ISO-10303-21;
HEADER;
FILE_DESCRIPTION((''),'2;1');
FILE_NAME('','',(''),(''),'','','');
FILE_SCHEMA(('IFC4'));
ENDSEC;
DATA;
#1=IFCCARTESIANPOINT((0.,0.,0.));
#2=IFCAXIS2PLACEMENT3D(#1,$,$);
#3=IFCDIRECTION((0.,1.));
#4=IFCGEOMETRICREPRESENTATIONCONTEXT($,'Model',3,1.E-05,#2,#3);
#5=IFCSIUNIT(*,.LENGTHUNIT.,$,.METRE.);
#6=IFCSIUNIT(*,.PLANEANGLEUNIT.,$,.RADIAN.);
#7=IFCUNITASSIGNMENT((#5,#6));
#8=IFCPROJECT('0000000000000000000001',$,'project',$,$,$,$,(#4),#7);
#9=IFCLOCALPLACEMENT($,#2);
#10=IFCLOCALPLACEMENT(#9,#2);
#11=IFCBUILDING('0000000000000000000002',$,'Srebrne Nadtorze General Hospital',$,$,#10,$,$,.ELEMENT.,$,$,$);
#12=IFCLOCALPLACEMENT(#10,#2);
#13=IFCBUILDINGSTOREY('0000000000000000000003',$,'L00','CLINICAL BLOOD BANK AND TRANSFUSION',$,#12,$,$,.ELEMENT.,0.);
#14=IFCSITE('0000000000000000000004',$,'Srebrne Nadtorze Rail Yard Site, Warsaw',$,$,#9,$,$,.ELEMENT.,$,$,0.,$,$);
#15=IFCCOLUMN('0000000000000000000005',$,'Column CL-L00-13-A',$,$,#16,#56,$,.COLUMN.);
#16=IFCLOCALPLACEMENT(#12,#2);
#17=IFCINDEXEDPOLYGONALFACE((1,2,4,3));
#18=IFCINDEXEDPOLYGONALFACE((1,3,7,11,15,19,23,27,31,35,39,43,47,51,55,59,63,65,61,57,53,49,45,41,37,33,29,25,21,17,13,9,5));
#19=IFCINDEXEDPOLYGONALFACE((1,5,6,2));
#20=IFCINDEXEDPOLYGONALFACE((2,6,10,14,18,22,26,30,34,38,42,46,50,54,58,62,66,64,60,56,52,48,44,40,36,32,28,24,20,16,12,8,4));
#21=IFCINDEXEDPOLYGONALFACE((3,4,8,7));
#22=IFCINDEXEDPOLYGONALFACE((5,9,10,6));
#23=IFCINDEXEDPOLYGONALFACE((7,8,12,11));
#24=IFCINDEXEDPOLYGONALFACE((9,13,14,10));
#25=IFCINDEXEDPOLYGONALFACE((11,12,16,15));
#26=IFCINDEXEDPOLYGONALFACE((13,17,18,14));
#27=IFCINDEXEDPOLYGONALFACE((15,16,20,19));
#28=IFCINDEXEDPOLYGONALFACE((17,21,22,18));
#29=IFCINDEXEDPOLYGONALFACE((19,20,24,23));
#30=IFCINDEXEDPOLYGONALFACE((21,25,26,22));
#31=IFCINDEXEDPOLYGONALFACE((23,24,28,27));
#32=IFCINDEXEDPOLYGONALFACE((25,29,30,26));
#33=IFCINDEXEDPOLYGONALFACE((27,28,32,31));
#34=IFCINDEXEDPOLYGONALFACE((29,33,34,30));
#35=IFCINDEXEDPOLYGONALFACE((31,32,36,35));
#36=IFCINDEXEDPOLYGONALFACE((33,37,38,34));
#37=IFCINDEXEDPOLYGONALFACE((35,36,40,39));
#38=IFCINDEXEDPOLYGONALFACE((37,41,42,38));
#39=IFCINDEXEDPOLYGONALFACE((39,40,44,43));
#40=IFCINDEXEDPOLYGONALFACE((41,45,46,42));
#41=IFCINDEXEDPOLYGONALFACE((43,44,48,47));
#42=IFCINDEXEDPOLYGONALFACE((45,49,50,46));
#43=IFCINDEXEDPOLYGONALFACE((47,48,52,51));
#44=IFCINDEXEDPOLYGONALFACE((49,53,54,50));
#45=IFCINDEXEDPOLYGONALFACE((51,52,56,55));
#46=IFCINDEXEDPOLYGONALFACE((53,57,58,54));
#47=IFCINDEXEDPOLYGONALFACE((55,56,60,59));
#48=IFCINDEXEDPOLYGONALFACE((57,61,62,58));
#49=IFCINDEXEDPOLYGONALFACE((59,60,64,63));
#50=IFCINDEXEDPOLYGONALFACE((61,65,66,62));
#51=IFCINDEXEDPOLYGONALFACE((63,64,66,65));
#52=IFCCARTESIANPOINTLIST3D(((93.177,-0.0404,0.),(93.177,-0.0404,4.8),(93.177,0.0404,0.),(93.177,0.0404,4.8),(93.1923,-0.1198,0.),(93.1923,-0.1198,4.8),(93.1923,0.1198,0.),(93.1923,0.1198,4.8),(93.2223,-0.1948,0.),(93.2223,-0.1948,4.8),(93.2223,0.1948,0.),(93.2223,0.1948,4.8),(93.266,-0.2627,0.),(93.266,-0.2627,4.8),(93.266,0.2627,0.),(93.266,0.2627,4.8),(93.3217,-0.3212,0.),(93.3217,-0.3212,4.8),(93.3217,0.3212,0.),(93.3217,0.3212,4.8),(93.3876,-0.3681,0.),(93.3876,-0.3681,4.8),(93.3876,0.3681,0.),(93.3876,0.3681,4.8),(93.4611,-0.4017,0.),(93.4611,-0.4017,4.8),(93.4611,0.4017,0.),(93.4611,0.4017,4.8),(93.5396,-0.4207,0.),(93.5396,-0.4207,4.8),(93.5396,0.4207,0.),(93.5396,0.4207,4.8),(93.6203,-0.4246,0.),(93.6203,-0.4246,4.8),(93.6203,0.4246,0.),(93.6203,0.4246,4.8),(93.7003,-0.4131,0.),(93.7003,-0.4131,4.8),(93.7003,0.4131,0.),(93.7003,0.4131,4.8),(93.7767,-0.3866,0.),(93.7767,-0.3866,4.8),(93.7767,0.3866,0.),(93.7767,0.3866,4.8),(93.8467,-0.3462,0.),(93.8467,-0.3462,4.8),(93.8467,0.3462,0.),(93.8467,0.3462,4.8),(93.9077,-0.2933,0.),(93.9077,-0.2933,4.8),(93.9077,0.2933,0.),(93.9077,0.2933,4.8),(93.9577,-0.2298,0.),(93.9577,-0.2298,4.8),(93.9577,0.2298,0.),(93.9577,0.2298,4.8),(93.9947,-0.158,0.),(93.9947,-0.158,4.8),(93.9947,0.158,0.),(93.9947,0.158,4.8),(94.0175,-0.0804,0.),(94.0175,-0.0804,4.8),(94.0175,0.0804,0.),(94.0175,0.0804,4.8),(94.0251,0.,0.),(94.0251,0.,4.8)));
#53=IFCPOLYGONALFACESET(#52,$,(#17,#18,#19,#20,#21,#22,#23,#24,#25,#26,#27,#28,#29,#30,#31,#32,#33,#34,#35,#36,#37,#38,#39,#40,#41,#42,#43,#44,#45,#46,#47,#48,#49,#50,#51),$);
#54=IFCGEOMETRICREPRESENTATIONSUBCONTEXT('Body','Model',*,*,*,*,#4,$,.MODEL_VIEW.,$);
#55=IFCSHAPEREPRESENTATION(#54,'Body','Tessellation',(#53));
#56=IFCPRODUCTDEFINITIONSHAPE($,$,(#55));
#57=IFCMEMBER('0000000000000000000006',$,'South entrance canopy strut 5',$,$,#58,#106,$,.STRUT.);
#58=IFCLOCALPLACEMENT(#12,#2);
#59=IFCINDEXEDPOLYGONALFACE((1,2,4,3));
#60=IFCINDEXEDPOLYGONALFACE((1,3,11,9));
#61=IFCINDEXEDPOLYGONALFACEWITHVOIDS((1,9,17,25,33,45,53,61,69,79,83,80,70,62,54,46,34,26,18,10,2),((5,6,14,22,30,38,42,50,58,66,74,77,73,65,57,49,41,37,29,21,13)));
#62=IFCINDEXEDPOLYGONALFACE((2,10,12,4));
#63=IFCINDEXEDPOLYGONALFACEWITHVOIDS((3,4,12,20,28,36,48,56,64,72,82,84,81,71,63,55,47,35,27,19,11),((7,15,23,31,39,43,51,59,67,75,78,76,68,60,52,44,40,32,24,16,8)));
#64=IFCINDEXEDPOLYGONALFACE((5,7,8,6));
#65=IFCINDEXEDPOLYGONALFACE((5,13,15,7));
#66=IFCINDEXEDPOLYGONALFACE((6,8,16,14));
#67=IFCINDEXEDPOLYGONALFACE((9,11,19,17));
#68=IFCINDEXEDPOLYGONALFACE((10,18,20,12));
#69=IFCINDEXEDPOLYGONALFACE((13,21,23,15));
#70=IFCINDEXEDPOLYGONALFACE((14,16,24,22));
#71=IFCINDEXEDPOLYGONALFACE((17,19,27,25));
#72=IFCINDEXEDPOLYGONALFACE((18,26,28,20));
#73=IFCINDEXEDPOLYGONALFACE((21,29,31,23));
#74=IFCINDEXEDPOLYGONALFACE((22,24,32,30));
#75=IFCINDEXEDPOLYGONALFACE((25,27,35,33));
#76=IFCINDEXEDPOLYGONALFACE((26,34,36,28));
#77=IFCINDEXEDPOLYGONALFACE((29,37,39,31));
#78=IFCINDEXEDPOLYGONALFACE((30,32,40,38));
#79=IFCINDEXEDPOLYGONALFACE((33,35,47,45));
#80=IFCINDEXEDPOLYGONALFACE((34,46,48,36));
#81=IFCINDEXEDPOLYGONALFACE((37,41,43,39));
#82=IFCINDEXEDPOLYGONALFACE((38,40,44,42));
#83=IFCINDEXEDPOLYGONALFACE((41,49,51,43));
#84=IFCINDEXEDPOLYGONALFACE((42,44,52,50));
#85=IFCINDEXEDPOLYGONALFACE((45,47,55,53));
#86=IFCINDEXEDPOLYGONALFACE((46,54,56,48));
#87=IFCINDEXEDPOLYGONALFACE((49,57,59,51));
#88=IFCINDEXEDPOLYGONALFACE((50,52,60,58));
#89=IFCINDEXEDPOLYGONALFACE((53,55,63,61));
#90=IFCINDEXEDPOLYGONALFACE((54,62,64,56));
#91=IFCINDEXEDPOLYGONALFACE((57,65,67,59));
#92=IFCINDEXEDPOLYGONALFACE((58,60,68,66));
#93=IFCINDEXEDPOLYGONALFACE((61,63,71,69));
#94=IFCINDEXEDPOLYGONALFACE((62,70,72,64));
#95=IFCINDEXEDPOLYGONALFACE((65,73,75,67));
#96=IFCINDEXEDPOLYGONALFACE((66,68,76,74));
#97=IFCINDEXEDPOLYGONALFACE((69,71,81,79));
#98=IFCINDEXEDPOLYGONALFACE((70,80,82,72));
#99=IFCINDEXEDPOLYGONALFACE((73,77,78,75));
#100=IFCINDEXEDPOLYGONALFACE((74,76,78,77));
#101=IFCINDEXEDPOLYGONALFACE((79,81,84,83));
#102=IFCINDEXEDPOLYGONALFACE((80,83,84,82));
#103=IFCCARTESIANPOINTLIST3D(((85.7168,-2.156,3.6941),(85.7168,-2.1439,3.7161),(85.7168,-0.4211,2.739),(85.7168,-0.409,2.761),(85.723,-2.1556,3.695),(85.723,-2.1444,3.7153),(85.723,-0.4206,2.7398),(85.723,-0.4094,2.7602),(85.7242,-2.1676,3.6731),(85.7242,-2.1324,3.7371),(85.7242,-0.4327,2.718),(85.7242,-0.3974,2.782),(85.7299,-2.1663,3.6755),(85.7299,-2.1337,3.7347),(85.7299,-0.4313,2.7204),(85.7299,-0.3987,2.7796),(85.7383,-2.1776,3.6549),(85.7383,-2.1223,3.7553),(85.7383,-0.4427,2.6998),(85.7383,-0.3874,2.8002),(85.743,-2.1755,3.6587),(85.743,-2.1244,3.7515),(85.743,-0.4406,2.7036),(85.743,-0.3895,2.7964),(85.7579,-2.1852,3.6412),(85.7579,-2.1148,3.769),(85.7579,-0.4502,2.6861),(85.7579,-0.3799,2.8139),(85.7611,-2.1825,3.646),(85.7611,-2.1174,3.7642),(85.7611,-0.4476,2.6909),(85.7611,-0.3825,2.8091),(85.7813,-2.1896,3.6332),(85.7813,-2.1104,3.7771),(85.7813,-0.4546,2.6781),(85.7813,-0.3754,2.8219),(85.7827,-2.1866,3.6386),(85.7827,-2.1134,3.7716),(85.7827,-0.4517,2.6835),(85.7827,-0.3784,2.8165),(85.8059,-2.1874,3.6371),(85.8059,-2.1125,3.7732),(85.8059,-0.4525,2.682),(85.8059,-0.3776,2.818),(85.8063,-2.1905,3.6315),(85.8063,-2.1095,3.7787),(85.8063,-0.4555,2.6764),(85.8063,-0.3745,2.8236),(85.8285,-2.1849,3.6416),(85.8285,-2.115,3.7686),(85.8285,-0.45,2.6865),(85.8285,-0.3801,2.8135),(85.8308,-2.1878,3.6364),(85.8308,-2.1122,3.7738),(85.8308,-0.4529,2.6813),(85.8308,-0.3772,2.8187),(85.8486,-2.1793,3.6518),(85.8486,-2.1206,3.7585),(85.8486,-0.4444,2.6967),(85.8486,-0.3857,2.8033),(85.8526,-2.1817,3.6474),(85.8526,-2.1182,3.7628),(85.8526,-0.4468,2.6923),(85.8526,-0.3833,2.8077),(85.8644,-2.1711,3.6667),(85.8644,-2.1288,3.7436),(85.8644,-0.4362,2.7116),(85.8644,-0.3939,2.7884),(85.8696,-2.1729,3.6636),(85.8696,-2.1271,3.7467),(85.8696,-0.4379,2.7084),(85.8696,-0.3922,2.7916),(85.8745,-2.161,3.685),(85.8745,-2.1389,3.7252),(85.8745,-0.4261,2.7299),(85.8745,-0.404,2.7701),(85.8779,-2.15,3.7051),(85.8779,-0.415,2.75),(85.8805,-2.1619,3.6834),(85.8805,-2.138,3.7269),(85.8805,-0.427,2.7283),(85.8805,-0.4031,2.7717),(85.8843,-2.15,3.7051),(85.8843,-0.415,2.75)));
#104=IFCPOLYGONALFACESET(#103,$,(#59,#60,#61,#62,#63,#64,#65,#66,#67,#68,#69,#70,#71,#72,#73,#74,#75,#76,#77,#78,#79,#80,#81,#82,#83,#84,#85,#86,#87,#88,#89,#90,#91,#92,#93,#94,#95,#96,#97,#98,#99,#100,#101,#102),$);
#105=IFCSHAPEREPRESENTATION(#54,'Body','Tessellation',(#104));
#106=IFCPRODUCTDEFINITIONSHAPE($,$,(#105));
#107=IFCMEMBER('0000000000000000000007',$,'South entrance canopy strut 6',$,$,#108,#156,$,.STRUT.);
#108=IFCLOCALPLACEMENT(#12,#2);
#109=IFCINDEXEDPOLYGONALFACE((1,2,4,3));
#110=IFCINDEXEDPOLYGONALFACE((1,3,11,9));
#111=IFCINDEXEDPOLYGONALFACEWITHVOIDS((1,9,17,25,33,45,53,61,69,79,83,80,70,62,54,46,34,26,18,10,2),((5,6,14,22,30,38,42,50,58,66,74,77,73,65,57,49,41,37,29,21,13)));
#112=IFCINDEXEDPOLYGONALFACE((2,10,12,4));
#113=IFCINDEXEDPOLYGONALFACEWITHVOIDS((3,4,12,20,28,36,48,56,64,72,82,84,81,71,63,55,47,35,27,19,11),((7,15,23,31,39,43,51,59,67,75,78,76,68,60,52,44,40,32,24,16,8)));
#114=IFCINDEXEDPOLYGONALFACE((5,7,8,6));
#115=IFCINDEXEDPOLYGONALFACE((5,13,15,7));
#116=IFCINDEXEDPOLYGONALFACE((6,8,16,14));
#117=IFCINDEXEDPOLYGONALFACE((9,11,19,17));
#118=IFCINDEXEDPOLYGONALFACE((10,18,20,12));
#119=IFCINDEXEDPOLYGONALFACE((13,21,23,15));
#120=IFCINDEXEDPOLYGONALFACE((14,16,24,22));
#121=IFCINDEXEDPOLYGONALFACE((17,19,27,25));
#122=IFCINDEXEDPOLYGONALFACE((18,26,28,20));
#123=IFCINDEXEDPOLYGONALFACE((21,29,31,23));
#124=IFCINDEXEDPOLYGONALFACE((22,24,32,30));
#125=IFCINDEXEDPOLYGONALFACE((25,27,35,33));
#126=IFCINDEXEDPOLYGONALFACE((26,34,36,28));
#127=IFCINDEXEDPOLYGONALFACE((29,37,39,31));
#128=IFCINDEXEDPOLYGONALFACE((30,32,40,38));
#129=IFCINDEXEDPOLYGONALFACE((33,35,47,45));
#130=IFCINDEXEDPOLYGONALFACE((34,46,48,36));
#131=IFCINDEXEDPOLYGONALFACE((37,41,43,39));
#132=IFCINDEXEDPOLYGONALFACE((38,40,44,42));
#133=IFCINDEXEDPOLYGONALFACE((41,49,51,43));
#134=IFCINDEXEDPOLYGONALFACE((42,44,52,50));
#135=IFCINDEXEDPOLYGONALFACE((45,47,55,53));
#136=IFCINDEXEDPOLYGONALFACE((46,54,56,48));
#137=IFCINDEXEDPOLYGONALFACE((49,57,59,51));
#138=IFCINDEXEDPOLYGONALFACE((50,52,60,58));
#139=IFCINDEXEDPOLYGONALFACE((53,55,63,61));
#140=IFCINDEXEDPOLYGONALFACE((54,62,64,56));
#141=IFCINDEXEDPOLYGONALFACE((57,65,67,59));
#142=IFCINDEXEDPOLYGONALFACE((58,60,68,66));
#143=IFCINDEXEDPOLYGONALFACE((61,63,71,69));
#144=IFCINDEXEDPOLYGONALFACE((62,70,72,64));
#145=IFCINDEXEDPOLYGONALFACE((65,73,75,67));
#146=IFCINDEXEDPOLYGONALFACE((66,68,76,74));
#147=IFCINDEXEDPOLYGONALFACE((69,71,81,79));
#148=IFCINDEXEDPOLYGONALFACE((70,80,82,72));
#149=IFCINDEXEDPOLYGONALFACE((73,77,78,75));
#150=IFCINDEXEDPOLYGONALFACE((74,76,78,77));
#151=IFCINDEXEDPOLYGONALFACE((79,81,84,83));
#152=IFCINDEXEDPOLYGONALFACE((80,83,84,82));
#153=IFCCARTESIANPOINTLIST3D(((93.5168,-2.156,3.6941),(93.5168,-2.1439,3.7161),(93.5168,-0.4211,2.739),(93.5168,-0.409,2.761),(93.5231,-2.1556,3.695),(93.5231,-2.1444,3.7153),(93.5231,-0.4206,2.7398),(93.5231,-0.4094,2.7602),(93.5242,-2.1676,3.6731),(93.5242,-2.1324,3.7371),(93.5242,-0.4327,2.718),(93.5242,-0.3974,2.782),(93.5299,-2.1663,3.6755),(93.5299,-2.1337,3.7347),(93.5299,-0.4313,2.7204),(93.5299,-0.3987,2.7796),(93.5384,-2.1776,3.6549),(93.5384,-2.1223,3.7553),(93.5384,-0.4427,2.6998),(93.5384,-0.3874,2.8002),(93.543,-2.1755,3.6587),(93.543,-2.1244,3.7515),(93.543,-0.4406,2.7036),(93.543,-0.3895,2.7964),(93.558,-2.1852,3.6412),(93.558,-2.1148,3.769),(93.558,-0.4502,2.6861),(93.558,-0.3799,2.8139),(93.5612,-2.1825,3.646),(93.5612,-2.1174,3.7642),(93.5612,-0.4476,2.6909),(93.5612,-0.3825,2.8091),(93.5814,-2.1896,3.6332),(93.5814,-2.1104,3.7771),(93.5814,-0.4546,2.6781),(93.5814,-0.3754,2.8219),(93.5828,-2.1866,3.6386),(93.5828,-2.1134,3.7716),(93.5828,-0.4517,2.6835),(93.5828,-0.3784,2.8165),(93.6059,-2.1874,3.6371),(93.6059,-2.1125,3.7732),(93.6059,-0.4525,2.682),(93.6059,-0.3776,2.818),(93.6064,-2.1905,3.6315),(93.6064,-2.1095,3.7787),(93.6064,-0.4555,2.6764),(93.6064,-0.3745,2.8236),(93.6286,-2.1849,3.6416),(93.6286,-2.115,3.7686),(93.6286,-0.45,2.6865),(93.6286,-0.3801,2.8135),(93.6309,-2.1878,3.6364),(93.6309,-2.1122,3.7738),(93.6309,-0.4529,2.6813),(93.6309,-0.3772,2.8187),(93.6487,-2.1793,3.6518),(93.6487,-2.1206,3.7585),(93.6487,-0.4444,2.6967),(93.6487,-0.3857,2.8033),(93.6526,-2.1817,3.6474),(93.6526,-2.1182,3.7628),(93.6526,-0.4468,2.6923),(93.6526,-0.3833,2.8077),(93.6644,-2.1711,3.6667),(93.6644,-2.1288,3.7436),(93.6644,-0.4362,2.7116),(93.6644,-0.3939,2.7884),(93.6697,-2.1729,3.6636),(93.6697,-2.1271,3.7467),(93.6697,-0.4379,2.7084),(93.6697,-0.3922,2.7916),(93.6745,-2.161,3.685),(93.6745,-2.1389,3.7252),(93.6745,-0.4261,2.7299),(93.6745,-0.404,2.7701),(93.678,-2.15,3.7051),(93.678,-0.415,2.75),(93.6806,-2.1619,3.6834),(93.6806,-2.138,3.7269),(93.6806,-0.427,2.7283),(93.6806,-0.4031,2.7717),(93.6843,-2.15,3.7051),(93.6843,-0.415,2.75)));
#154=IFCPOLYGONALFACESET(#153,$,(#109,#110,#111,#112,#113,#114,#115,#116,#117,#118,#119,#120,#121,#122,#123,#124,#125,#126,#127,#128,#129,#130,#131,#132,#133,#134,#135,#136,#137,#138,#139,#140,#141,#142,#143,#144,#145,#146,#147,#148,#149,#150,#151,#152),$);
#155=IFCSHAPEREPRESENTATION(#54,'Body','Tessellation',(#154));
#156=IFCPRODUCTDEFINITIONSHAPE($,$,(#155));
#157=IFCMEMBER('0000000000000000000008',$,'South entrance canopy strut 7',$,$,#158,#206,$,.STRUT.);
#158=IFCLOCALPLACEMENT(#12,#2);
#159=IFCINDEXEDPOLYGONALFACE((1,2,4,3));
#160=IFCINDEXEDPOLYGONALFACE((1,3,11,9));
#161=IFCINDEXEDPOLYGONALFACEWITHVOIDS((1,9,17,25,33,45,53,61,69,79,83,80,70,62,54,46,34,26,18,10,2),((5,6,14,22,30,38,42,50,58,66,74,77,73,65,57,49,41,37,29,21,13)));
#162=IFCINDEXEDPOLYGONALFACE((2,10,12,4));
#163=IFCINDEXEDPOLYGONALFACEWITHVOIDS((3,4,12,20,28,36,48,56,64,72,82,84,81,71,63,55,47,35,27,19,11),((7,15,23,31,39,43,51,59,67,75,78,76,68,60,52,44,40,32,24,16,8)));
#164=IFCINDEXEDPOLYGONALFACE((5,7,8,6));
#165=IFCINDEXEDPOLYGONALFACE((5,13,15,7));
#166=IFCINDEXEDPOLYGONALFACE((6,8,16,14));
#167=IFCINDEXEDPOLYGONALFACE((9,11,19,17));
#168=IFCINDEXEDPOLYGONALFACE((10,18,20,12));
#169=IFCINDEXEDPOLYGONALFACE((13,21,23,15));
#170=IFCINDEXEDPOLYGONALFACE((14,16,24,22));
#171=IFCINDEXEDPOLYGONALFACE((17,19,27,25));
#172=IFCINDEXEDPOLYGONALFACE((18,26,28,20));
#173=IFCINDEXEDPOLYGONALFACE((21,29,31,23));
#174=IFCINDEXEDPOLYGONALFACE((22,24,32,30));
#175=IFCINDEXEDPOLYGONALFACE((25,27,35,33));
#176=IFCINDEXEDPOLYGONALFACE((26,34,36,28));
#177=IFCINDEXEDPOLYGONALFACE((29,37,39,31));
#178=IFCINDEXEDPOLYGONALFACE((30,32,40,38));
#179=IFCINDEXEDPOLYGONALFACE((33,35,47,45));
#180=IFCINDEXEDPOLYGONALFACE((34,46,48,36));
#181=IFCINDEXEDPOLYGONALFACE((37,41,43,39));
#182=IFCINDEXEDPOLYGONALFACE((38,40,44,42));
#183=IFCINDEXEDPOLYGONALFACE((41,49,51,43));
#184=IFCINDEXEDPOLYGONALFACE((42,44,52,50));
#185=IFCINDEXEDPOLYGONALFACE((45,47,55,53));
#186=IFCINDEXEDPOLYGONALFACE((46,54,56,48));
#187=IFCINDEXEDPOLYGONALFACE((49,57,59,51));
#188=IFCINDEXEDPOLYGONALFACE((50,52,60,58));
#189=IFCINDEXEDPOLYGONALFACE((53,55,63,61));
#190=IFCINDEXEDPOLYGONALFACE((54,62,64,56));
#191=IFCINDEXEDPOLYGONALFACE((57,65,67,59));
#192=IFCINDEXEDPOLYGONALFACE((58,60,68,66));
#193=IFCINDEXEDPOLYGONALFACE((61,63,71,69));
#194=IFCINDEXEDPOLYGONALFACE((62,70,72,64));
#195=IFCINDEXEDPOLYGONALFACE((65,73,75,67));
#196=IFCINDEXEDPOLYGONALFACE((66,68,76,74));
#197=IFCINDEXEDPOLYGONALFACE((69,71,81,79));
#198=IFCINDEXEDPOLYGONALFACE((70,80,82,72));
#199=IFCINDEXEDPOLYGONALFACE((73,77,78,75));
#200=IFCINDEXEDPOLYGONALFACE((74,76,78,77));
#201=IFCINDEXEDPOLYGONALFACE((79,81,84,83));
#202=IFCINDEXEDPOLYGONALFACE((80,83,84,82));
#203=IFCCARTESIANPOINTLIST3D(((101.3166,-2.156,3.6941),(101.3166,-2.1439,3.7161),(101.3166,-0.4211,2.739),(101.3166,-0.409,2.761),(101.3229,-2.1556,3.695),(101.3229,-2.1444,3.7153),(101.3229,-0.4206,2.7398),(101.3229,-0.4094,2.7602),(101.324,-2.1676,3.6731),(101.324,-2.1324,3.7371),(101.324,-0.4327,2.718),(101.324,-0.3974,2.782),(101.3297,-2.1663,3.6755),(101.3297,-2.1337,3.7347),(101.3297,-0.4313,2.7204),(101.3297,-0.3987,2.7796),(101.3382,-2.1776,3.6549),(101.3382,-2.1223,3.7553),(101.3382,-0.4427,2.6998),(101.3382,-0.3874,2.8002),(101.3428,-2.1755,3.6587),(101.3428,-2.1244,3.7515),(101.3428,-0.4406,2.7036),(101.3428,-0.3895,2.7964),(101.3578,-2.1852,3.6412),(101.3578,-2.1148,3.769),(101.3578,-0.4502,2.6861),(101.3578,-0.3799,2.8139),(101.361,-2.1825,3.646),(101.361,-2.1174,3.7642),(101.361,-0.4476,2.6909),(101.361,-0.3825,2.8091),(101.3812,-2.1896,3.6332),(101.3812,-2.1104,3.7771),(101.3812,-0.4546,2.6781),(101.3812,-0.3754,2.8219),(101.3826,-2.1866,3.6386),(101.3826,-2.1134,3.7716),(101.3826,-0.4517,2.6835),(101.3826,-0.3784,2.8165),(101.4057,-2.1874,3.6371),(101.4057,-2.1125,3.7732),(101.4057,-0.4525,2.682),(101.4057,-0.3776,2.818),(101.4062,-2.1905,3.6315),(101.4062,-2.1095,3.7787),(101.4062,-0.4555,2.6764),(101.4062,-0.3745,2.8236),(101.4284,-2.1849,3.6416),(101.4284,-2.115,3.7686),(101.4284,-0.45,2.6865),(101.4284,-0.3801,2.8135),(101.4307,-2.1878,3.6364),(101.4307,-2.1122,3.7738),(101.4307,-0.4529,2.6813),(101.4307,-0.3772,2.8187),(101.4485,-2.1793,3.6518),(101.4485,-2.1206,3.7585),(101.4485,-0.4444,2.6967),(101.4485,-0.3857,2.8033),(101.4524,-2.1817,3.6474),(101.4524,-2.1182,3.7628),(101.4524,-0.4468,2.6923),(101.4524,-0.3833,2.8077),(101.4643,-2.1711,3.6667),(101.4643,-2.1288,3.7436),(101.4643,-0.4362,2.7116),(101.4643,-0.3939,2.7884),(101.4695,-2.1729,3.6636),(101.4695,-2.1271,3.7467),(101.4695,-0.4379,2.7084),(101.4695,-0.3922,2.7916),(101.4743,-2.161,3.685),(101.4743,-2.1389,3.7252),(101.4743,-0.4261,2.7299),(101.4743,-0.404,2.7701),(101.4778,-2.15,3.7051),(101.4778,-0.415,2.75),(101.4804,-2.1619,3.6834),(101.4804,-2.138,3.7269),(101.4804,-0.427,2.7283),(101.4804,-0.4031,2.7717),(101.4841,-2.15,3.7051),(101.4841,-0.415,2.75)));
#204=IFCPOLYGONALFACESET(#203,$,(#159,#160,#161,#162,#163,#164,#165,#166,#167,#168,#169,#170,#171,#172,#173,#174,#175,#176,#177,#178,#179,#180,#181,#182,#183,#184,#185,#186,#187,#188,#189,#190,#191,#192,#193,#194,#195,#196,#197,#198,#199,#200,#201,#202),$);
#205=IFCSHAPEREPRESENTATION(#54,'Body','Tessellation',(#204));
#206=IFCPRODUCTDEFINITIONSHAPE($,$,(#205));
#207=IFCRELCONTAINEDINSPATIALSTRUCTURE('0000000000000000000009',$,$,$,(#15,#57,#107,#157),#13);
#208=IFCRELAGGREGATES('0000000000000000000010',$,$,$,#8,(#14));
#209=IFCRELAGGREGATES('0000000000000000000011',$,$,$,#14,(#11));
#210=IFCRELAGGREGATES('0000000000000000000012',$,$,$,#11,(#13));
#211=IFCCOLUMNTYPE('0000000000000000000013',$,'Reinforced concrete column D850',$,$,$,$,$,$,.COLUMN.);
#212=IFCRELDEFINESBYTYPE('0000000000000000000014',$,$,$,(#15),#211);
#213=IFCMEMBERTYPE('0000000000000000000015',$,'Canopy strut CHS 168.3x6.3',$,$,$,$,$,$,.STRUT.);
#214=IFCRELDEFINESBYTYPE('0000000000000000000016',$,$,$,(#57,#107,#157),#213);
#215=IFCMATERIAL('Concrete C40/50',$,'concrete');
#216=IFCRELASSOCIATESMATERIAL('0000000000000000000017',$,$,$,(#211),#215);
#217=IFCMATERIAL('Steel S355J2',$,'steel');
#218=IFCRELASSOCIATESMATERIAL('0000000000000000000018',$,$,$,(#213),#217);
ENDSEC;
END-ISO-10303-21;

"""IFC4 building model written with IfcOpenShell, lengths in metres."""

from ifc_helpers import new_model, si_unit, direction, frame, origin, origin_2d, place, context, subcontext, project, spatial, circle, hollow_circle, extrude, material, material_profile, profile_set, type_object, element, save


model = new_model("IFC4")

# Units and contexts
model_context = context("Model", 3, precision=1e-05, world=origin(), true_north=direction((0.0, 1.0)))
body_context = subcontext(model_context, "Body", "Model", "MODEL_VIEW")
ifc_project = project(units=[si_unit("LENGTHUNIT", "METRE"), si_unit("PLANEANGLEUNIT", "RADIAN")], contexts=[model_context])

# Site, building, storey
site_placement = place(None, origin())
site = spatial("IfcSite", under=ifc_project, at=site_placement, Name="Srebrne Nadtorze Rail Yard Site, Warsaw", CompositionType="ELEMENT", RefElevation=0.0)
building_placement = place(site_placement, origin())
building = spatial("IfcBuilding", under=site, at=building_placement, Name="Srebrne Nadtorze General Hospital", CompositionType="ELEMENT")
storey_placement = place(building_placement, origin())
storey = spatial("IfcBuildingStorey", under=building, at=storey_placement, Name="L00", Description="CLINICAL BLOOD BANK AND TRANSFUSION", CompositionType="ELEMENT", Elevation=0.0)

# Column
ifc_material_1 = material(Name="Concrete C40/50", Category="concrete")
ifc_material_profile_1 = material_profile(ifc_material_1, circle(Radius=0.425, at=origin_2d()), Name="RC-COL-D850")
ifc_profile_set_1 = profile_set([ifc_material_profile_1], Name="Concrete C40/50")
column_type = type_object("IfcColumnType", Name="Reinforced concrete column D850", PredefinedType="COLUMN", material=ifc_profile_set_1)
column_placement = place(storey_placement, frame((93.6001, 0.0, 0.0), z_axis=(0.0, 0.0, 1.0), x_axis=(1.0, 0.0, 0.0)))
element("IfcColumn", 1, at=column_placement, inside=storey, type_object=column_type, Name="Column CL-L00-13-A", PredefinedType="COLUMN", context=body_context, shape_type="SweptSolid", body=[
    extrude(circle(Radius=0.425, at=origin_2d()), origin(), (0.0, 0.0, 1.0), 4.8),
])

# Members
ifc_material_2 = material(Name="Steel S355J2", Category="steel")
ifc_material_profile_2 = material_profile(ifc_material_2, hollow_circle(Radius=0.0842, WallThickness=0.0063, at=origin_2d()), Name="CHS-168.3x6.3")
ifc_profile_set_2 = profile_set([ifc_material_profile_2], Name="Steel S355J2")
member_type_1 = type_object("IfcMemberType", Name="Canopy strut CHS 168.3x6.3", PredefinedType="STRUT", material=ifc_profile_set_2)
for number, where, z_axis, x_axis, name in (
    (2, (85.8, -0.415, 2.75), (0.0, -0.876023, 0.482269), (1.0, 0.0, 0.0), "South entrance canopy strut 5"),
    (3, (93.6001, -0.415, 2.75), (0.0, -0.876023, 0.482269), (1.0, 0.0, 0.0), "South entrance canopy strut 6"),
    (4, (101.3999, -0.415, 2.75), (0.0, -0.876023, 0.482269), (1.0, 0.0, 0.0), "South entrance canopy strut 7"),
):
    element("IfcMember", number, at=place(storey_placement, frame(where, z_axis=z_axis, x_axis=x_axis)), inside=storey, type_object=member_type_1, Name=name, PredefinedType="STRUT", context=body_context, shape_type="SweptSolid", body=[
        extrude(hollow_circle(Radius=0.0842, WallThickness=0.0063, at=origin_2d()), origin(), (0.0, 0.0, 1.0), 1.9805),
    ])

save(model, "model.ifc")
